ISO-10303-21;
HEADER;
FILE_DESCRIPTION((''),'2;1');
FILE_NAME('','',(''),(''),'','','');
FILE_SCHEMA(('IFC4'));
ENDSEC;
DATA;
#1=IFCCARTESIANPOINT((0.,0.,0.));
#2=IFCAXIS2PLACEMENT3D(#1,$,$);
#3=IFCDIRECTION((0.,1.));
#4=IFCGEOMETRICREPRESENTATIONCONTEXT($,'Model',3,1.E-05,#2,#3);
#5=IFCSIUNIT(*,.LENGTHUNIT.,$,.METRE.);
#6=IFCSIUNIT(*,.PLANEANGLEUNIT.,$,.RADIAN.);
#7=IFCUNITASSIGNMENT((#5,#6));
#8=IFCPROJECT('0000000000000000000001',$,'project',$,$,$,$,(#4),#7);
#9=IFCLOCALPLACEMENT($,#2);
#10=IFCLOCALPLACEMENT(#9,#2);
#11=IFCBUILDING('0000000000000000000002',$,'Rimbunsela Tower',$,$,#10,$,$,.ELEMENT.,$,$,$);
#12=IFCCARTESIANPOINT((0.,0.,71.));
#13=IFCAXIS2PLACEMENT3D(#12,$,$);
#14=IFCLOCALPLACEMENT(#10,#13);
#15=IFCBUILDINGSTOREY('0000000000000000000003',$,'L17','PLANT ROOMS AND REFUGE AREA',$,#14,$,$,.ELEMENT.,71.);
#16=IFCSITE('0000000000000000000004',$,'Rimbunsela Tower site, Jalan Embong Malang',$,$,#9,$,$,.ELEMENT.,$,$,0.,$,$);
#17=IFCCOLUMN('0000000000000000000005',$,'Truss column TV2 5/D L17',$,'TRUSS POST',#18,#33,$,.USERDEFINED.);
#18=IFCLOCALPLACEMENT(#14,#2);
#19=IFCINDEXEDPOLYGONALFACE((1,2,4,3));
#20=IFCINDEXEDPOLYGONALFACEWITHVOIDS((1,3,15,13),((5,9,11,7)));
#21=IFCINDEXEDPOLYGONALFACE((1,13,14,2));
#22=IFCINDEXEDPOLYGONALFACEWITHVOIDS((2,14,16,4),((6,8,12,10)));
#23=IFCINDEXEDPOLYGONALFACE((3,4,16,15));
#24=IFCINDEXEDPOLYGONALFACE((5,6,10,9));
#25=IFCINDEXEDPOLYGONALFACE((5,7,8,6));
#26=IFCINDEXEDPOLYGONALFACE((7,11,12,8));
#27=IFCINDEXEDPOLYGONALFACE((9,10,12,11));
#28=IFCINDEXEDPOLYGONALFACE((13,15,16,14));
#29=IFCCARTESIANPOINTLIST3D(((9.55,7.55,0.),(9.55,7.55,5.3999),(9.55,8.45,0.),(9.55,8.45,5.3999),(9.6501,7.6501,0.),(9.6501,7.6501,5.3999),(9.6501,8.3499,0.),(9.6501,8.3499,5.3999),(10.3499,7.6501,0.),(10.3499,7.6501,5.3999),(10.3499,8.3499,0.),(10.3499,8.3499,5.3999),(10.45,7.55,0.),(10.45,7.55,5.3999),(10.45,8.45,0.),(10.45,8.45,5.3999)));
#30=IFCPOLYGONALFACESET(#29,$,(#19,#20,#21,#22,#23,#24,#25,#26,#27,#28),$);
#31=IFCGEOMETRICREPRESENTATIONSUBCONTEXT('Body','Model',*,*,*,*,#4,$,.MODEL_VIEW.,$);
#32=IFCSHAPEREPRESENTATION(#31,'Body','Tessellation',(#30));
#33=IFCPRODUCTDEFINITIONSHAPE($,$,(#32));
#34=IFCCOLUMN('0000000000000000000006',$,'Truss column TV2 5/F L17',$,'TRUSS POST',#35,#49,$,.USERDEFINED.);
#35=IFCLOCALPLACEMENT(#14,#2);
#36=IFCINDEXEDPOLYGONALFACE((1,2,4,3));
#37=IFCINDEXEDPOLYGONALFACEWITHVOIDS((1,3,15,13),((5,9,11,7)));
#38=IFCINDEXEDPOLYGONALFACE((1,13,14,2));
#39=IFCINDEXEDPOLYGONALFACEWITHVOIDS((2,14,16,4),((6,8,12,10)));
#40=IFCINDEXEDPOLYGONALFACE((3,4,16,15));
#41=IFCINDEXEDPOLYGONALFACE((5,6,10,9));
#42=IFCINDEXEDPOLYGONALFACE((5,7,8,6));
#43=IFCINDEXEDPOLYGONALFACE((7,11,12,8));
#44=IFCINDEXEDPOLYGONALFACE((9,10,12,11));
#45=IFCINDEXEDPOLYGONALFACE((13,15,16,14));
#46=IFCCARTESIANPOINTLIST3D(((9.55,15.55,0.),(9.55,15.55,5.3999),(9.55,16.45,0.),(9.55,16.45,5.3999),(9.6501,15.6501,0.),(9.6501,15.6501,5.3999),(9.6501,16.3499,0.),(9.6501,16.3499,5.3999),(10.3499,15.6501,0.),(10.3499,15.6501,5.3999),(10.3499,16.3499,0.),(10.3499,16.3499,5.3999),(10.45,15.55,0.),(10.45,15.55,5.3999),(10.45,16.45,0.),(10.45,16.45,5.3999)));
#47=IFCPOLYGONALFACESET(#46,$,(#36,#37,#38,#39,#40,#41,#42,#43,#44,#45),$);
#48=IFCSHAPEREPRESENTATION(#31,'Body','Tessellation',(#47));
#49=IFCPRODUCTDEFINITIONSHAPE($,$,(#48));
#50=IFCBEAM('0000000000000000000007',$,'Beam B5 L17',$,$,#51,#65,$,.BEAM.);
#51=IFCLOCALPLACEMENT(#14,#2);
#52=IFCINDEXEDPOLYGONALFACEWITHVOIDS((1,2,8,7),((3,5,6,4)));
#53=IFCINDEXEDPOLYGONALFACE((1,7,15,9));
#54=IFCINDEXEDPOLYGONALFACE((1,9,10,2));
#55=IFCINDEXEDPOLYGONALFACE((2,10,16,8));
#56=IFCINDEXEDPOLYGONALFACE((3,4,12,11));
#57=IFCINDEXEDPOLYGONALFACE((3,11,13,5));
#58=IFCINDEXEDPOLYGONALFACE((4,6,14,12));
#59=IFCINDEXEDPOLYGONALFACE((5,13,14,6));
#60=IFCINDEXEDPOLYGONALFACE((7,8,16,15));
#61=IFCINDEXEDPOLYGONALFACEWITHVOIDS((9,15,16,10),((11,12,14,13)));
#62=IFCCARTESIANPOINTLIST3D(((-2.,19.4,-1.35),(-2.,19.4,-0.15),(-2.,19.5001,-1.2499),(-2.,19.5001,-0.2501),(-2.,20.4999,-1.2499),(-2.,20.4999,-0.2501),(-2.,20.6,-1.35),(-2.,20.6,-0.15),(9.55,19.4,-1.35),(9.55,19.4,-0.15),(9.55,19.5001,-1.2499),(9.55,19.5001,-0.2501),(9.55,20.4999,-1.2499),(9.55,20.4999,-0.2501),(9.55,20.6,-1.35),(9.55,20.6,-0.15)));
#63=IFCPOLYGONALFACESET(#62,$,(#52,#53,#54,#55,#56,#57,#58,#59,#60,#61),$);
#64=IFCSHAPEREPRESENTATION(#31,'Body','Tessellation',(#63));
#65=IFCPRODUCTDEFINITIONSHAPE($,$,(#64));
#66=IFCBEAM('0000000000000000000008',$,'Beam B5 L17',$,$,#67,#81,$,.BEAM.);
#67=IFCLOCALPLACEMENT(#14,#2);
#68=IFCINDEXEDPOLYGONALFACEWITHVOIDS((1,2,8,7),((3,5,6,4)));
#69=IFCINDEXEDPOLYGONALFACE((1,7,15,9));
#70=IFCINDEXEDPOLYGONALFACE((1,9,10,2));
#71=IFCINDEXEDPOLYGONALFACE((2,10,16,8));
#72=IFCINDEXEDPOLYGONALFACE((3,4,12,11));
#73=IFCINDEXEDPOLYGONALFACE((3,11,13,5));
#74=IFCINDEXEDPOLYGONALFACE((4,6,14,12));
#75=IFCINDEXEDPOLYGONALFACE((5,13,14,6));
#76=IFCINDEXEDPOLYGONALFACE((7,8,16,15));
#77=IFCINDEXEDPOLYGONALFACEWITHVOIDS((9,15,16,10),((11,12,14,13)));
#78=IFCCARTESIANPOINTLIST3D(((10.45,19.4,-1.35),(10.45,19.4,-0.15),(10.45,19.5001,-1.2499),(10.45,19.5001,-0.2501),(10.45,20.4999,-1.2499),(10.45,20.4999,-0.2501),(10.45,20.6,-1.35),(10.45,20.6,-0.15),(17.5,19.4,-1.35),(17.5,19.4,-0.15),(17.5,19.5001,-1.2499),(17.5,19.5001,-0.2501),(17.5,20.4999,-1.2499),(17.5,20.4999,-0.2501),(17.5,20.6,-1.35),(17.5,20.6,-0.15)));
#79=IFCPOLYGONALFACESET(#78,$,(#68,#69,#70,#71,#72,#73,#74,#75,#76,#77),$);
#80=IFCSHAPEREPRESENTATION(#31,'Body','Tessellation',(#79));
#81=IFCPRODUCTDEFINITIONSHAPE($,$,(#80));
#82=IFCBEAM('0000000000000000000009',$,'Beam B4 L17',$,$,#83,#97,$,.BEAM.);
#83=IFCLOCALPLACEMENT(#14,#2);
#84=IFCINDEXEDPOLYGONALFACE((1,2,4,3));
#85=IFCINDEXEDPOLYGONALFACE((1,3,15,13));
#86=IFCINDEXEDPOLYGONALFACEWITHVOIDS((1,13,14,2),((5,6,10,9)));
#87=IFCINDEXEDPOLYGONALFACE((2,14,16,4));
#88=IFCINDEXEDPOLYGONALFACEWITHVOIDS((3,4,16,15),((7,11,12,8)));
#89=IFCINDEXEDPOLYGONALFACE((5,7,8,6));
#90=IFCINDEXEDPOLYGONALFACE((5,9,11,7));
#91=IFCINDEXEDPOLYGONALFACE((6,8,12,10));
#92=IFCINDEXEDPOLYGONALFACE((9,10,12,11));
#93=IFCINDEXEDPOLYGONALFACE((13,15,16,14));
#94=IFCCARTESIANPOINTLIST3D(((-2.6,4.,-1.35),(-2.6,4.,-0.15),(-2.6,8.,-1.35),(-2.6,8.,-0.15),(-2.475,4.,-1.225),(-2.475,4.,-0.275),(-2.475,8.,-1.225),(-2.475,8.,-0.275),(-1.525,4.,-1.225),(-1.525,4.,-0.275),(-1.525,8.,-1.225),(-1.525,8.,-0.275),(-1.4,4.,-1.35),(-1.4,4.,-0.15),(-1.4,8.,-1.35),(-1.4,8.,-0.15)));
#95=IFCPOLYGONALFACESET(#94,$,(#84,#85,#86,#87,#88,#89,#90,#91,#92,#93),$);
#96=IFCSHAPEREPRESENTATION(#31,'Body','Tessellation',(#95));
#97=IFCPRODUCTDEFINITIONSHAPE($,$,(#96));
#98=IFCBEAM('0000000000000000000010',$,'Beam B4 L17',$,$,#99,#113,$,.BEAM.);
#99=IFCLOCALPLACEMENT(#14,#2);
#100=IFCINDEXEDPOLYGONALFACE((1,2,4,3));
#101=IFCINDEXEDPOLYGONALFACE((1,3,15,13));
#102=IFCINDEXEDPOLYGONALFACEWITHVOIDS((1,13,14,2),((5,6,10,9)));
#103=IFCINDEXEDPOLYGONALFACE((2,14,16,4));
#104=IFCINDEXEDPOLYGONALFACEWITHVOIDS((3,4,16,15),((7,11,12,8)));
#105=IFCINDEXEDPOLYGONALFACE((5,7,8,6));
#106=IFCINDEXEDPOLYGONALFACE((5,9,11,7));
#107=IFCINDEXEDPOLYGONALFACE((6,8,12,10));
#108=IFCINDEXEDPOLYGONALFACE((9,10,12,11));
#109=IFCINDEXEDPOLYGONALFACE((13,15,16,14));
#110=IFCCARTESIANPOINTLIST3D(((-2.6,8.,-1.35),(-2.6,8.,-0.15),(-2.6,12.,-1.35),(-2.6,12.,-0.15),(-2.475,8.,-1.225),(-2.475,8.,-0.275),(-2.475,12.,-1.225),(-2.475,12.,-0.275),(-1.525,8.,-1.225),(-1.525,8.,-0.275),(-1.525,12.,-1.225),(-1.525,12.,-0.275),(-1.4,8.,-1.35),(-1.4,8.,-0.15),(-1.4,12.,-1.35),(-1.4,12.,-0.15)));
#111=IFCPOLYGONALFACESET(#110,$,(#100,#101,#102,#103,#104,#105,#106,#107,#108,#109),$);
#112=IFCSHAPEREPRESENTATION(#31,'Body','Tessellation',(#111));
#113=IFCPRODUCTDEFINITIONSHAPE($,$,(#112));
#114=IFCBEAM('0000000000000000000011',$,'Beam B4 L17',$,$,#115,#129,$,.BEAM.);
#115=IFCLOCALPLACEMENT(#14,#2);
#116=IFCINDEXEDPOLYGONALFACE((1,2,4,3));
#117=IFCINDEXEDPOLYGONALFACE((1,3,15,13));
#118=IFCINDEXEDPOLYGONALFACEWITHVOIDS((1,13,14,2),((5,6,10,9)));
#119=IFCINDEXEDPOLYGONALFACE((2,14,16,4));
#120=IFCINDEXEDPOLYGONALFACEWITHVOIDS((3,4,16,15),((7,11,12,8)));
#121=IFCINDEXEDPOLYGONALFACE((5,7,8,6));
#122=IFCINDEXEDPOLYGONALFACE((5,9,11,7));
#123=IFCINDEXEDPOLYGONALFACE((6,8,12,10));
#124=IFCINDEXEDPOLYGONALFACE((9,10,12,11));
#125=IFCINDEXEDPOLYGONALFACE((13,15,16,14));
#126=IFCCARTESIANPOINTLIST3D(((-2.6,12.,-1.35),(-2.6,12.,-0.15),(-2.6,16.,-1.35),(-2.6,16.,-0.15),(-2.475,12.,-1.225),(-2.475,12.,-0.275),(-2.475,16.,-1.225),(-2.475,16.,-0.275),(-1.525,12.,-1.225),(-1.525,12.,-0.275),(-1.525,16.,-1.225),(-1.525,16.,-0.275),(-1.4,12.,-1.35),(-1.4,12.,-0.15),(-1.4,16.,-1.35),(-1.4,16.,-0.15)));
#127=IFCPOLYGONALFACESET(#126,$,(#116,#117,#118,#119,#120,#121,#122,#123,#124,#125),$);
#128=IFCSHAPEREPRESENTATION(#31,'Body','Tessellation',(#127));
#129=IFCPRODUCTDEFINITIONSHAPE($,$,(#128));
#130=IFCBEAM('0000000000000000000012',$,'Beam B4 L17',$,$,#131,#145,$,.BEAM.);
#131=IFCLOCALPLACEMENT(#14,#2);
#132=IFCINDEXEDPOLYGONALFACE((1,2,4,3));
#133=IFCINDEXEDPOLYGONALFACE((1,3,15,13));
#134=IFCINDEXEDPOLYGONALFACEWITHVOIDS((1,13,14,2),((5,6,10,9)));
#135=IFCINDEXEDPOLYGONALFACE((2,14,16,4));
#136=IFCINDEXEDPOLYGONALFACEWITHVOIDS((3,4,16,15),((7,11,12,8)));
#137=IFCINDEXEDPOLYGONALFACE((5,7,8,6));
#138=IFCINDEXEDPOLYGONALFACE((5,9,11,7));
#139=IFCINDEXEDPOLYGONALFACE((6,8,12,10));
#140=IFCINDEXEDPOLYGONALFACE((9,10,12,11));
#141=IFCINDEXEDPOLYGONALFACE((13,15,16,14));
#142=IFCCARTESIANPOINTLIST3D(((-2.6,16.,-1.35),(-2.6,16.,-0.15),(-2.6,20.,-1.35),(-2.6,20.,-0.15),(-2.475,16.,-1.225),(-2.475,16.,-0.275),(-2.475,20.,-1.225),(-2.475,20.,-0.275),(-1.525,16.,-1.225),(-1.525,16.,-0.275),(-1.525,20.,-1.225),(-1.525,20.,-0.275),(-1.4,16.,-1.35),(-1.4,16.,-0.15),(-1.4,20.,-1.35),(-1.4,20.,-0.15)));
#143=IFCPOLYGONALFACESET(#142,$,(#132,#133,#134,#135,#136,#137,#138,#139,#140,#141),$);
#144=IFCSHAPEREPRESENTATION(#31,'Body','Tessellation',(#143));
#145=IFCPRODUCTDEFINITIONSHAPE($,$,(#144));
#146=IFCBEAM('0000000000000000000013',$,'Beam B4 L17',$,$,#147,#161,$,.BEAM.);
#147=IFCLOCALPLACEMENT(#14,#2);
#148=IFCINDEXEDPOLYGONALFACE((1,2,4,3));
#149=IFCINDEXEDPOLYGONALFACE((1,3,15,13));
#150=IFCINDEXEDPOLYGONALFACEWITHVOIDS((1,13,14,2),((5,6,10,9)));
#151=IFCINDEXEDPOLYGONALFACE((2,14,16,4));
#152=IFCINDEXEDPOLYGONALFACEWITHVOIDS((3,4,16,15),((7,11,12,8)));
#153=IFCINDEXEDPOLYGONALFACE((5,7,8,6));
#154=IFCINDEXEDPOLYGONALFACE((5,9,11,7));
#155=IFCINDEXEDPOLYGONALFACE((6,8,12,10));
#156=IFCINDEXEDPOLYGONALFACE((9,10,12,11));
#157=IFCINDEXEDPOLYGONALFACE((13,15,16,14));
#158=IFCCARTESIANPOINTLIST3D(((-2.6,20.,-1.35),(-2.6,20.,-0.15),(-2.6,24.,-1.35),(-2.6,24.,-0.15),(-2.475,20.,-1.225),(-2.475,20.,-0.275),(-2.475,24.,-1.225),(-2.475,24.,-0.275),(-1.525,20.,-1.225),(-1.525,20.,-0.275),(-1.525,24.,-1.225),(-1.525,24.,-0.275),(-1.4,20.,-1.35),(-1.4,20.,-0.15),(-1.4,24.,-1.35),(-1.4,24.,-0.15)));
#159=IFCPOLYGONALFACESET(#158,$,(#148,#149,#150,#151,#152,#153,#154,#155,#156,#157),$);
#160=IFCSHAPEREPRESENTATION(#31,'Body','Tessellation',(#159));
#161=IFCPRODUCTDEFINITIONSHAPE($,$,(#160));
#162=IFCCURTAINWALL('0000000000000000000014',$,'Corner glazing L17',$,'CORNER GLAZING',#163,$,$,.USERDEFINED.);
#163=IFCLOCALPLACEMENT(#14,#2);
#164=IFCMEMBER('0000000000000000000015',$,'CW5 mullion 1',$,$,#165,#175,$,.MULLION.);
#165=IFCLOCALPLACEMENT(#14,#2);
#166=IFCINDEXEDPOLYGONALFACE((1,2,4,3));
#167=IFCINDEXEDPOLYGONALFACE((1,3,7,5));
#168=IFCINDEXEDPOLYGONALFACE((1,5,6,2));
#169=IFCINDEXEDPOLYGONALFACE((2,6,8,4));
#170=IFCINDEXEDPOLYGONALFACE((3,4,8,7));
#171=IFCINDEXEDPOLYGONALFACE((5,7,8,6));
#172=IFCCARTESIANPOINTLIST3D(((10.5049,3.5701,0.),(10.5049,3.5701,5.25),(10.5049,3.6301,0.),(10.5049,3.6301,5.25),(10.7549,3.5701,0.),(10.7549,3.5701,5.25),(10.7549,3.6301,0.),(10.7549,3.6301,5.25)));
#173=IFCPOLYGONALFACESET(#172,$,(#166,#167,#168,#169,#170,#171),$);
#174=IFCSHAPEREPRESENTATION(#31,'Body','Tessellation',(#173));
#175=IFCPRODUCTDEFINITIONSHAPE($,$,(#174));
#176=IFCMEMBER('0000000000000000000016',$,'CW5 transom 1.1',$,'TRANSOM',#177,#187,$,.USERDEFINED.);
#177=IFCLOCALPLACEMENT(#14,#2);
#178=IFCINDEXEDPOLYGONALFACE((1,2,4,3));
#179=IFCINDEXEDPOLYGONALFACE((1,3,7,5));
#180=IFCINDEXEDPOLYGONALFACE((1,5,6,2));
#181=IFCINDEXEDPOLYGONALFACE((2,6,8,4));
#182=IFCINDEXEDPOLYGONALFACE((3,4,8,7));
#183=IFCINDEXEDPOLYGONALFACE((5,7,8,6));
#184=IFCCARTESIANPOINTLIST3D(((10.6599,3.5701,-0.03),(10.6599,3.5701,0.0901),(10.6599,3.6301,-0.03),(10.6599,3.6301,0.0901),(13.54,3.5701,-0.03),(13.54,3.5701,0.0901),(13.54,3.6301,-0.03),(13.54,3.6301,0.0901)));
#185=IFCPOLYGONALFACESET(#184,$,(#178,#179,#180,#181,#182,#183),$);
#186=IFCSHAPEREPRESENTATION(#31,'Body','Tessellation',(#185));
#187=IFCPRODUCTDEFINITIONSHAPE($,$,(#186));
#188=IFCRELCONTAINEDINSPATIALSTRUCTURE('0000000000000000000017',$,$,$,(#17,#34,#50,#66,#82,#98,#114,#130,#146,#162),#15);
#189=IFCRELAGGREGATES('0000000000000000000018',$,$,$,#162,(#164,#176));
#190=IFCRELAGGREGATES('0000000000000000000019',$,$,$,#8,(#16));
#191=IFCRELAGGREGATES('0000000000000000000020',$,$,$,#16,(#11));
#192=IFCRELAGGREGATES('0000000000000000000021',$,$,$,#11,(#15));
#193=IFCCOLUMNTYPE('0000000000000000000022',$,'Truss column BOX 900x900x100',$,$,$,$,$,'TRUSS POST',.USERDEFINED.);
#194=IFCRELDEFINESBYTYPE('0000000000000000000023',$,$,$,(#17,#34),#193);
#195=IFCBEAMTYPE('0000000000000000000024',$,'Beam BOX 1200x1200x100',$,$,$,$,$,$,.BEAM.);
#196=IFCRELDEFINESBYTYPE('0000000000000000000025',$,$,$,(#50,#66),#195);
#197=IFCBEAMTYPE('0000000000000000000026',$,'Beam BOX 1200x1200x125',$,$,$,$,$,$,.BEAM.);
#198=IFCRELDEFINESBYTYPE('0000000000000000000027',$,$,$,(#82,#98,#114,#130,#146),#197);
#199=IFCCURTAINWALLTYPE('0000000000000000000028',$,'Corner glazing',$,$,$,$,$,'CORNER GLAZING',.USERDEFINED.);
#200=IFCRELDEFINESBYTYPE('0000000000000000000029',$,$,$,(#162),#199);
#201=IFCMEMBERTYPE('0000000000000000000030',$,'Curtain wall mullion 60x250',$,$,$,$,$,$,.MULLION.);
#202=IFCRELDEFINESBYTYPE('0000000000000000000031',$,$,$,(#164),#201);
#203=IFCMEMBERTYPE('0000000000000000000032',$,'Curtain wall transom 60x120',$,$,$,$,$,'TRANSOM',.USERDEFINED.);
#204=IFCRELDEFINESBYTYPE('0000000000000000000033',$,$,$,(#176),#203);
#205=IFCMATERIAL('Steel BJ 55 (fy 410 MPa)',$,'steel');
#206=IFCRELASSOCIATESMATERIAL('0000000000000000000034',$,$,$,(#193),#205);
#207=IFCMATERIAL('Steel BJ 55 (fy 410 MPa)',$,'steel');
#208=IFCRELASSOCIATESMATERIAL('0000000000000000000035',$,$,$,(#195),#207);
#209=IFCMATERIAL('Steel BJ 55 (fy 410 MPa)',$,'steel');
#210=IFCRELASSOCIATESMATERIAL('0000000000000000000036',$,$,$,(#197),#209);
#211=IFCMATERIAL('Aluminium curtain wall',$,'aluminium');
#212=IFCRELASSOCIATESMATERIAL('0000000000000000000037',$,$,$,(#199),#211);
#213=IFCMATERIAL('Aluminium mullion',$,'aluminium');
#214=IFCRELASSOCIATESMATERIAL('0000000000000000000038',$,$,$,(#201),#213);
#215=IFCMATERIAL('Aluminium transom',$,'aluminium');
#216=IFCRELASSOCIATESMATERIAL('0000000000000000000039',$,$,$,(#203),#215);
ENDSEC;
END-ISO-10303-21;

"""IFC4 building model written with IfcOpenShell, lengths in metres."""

from ifc_helpers import new_model, si_unit, direction, frame, origin, origin_2d, place, context, subcontext, project, spatial, rectangle, hollow_rectangle, extrude, material, material_profile, profile_set, type_object, element, aggregate, save


model = new_model("IFC4")

# Units and contexts
model_context = context("Model", 3, precision=1e-05, world=origin(), true_north=direction((0.0, 1.0)))
body_context = subcontext(model_context, "Body", "Model", "MODEL_VIEW")
ifc_project = project(units=[si_unit("LENGTHUNIT", "METRE"), si_unit("PLANEANGLEUNIT", "RADIAN")], contexts=[model_context])

# Site, building, storey
site_placement = place(None, origin())
site = spatial("IfcSite", under=ifc_project, at=site_placement, Name="Rimbunsela Tower site, Jalan Embong Malang", CompositionType="ELEMENT", RefElevation=0.0)
building_placement = place(site_placement, origin())
building = spatial("IfcBuilding", under=site, at=building_placement, Name="Rimbunsela Tower", CompositionType="ELEMENT")
storey_placement = place(building_placement, frame((0.0, 0.0, 71.0)))
storey = spatial("IfcBuildingStorey", under=building, at=storey_placement, Name="L17", Description="PLANT ROOMS AND REFUGE AREA", CompositionType="ELEMENT", Elevation=71.0)

# Columns
ifc_material_1 = material(Name="Steel BJ 55 (fy 410 MPa)", Category="steel")
ifc_material_profile_1 = material_profile(ifc_material_1, hollow_rectangle(XDim=0.8999, YDim=0.8999, WallThickness=0.1001, at=origin_2d()), Name="BOX 900x900x100")
ifc_profile_set_1 = profile_set([ifc_material_profile_1], Name="Steel BJ 55 (fy 410 MPa)")
column_type = type_object("IfcColumnType", Name="Truss column BOX 900x900x100", ElementType="TRUSS POST", PredefinedType="USERDEFINED", material=ifc_profile_set_1)
for number, where, z_axis, x_axis, name in (
    (1, (10.0, 8.0, 0.0), (0.0, 0.0, 1.0), (1.0, 0.0, 0.0), "Truss column TV2 5/D L17"),
    (2, (10.0, 16.0, 0.0), (0.0, 0.0, 1.0), (1.0, 0.0, 0.0), "Truss column TV2 5/F L17"),
):
    element("IfcColumn", number, at=place(storey_placement, frame(where, z_axis=z_axis, x_axis=x_axis)), inside=storey, type_object=column_type, Name=name, ObjectType="TRUSS POST", PredefinedType="USERDEFINED", context=body_context, shape_type="SweptSolid", body=[
        extrude(hollow_rectangle(XDim=0.8999, YDim=0.8999, WallThickness=0.1001, at=origin_2d()), origin(), (0.0, 0.0, 1.0), 5.3999),
    ])

# Beams
ifc_material_2 = material(Name="Steel BJ 55 (fy 410 MPa)", Category="steel")
ifc_material_profile_2 = material_profile(ifc_material_2, hollow_rectangle(XDim=1.2, YDim=1.2, WallThickness=0.1001, at=origin_2d()), Name="BOX 1200x1200x100")
ifc_profile_set_2 = profile_set([ifc_material_profile_2], Name="Steel BJ 55 (fy 410 MPa)")
beam_type_1 = type_object("IfcBeamType", Name="Beam BOX 1200x1200x100", PredefinedType="BEAM", material=ifc_profile_set_2)
beam_1_placement = place(storey_placement, frame((-2.0, 20.0, -0.75), z_axis=(1.0, 0.0, 0.0), x_axis=(0.0, 1.0, 0.0)))
element("IfcBeam", 3, at=beam_1_placement, inside=storey, type_object=beam_type_1, Name="Beam B5 L17", PredefinedType="BEAM", context=body_context, shape_type="SweptSolid", body=[
    extrude(hollow_rectangle(XDim=1.2, YDim=1.2, WallThickness=0.1001, at=origin_2d()), origin(), (0.0, 0.0, 1.0), 11.55),
])
beam_2_placement = place(storey_placement, frame((10.45, 20.0, -0.75), z_axis=(1.0, 0.0, 0.0), x_axis=(0.0, 1.0, 0.0)))
element("IfcBeam", 4, at=beam_2_placement, inside=storey, type_object=beam_type_1, Name="Beam B5 L17", PredefinedType="BEAM", context=body_context, shape_type="SweptSolid", body=[
    extrude(hollow_rectangle(XDim=1.2, YDim=1.2, WallThickness=0.1001, at=origin_2d()), origin(), (0.0, 0.0, 1.0), 7.05),
])
ifc_material_3 = material(Name="Steel BJ 55 (fy 410 MPa)", Category="steel")
ifc_material_profile_3 = material_profile(ifc_material_3, hollow_rectangle(XDim=1.2, YDim=1.2, WallThickness=0.125, at=origin_2d()), Name="BOX 1200x1200x125")
ifc_profile_set_3 = profile_set([ifc_material_profile_3], Name="Steel BJ 55 (fy 410 MPa)")
beam_type_2 = type_object("IfcBeamType", Name="Beam BOX 1200x1200x125", PredefinedType="BEAM", material=ifc_profile_set_3)
for number, where, z_axis, x_axis, name in (
    (5, (-2.0, 4.0, -0.75), (0.0, 1.0, 0.0), (-1.0, 0.0, 0.0), "Beam B4 L17"),
    (6, (-2.0, 8.0, -0.75), (0.0, 1.0, 0.0), (-1.0, 0.0, 0.0), "Beam B4 L17"),
    (7, (-2.0, 12.0, -0.75), (0.0, 1.0, 0.0), (-1.0, 0.0, 0.0), "Beam B4 L17"),
    (8, (-2.0, 16.0, -0.75), (0.0, 1.0, 0.0), (-1.0, 0.0, 0.0), "Beam B4 L17"),
    (9, (-2.0, 20.0, -0.75), (0.0, 1.0, 0.0), (-1.0, 0.0, 0.0), "Beam B4 L17"),
):
    element("IfcBeam", number, at=place(storey_placement, frame(where, z_axis=z_axis, x_axis=x_axis)), inside=storey, type_object=beam_type_2, Name=name, PredefinedType="BEAM", context=body_context, shape_type="SweptSolid", body=[
        extrude(hollow_rectangle(XDim=1.2, YDim=1.2, WallThickness=0.125, at=origin_2d()), origin(), (0.0, 0.0, 1.0), 4.0),
    ])

# Curtain wall, members
ifc_material_4 = material(Name="Aluminium curtain wall", Category="aluminium")
curtain_wall_type = type_object("IfcCurtainWallType", Name="Corner glazing", ElementType="CORNER GLAZING", PredefinedType="USERDEFINED", material=ifc_material_4)
curtain_wall_placement = place(storey_placement, origin())
curtain_wall = element("IfcCurtainWall", 10, at=curtain_wall_placement, inside=storey, type_object=curtain_wall_type, Name="Corner glazing L17", ObjectType="CORNER GLAZING", PredefinedType="USERDEFINED")
ifc_material_5 = material(Name="Aluminium mullion", Category="aluminium")
ifc_material_profile_4 = material_profile(ifc_material_5, rectangle(XDim=0.0601, YDim=0.25, at=origin_2d()), Name="Mullion 60x250")
ifc_profile_set_4 = profile_set([ifc_material_profile_4], Name="Aluminium mullion")
member_type_1 = type_object("IfcMemberType", Name="Curtain wall mullion 60x250", PredefinedType="MULLION", material=ifc_profile_set_4)
member_1_placement = place(storey_placement, frame((10.6299, 3.6001, 0.0), z_axis=(0.0, 0.0, 1.0), x_axis=(0.0, 1.0, 0.0)))
member_1 = element("IfcMember", 11, at=member_1_placement, type_object=member_type_1, Name="CW5 mullion 1", PredefinedType="MULLION", context=body_context, shape_type="SweptSolid", body=[
    extrude(rectangle(XDim=0.0601, YDim=0.25, at=origin_2d()), origin(), (0.0, 0.0, 1.0), 5.25),
])
ifc_material_6 = material(Name="Aluminium transom", Category="aluminium")
ifc_material_profile_5 = material_profile(ifc_material_6, rectangle(XDim=0.0601, YDim=0.1201, at=origin_2d()), Name="Transom 60x120")
ifc_profile_set_5 = profile_set([ifc_material_profile_5], Name="Aluminium transom")
member_type_2 = type_object("IfcMemberType", Name="Curtain wall transom 60x120", ElementType="TRANSOM", PredefinedType="USERDEFINED", material=ifc_profile_set_5)
member_2_placement = place(storey_placement, frame((10.6599, 3.6001, 0.03), z_axis=(1.0, 0.0, 0.0), x_axis=(0.0, 1.0, 0.0)))
member_2 = element("IfcMember", 12, at=member_2_placement, type_object=member_type_2, Name="CW5 transom 1.1", ObjectType="TRANSOM", PredefinedType="USERDEFINED", context=body_context, shape_type="SweptSolid", body=[
    extrude(rectangle(XDim=0.0601, YDim=0.1201, at=origin_2d()), origin(), (0.0, 0.0, 1.0), 2.8801),
])
aggregate(curtain_wall, [member_1, member_2])

save(model, "model.ifc")
